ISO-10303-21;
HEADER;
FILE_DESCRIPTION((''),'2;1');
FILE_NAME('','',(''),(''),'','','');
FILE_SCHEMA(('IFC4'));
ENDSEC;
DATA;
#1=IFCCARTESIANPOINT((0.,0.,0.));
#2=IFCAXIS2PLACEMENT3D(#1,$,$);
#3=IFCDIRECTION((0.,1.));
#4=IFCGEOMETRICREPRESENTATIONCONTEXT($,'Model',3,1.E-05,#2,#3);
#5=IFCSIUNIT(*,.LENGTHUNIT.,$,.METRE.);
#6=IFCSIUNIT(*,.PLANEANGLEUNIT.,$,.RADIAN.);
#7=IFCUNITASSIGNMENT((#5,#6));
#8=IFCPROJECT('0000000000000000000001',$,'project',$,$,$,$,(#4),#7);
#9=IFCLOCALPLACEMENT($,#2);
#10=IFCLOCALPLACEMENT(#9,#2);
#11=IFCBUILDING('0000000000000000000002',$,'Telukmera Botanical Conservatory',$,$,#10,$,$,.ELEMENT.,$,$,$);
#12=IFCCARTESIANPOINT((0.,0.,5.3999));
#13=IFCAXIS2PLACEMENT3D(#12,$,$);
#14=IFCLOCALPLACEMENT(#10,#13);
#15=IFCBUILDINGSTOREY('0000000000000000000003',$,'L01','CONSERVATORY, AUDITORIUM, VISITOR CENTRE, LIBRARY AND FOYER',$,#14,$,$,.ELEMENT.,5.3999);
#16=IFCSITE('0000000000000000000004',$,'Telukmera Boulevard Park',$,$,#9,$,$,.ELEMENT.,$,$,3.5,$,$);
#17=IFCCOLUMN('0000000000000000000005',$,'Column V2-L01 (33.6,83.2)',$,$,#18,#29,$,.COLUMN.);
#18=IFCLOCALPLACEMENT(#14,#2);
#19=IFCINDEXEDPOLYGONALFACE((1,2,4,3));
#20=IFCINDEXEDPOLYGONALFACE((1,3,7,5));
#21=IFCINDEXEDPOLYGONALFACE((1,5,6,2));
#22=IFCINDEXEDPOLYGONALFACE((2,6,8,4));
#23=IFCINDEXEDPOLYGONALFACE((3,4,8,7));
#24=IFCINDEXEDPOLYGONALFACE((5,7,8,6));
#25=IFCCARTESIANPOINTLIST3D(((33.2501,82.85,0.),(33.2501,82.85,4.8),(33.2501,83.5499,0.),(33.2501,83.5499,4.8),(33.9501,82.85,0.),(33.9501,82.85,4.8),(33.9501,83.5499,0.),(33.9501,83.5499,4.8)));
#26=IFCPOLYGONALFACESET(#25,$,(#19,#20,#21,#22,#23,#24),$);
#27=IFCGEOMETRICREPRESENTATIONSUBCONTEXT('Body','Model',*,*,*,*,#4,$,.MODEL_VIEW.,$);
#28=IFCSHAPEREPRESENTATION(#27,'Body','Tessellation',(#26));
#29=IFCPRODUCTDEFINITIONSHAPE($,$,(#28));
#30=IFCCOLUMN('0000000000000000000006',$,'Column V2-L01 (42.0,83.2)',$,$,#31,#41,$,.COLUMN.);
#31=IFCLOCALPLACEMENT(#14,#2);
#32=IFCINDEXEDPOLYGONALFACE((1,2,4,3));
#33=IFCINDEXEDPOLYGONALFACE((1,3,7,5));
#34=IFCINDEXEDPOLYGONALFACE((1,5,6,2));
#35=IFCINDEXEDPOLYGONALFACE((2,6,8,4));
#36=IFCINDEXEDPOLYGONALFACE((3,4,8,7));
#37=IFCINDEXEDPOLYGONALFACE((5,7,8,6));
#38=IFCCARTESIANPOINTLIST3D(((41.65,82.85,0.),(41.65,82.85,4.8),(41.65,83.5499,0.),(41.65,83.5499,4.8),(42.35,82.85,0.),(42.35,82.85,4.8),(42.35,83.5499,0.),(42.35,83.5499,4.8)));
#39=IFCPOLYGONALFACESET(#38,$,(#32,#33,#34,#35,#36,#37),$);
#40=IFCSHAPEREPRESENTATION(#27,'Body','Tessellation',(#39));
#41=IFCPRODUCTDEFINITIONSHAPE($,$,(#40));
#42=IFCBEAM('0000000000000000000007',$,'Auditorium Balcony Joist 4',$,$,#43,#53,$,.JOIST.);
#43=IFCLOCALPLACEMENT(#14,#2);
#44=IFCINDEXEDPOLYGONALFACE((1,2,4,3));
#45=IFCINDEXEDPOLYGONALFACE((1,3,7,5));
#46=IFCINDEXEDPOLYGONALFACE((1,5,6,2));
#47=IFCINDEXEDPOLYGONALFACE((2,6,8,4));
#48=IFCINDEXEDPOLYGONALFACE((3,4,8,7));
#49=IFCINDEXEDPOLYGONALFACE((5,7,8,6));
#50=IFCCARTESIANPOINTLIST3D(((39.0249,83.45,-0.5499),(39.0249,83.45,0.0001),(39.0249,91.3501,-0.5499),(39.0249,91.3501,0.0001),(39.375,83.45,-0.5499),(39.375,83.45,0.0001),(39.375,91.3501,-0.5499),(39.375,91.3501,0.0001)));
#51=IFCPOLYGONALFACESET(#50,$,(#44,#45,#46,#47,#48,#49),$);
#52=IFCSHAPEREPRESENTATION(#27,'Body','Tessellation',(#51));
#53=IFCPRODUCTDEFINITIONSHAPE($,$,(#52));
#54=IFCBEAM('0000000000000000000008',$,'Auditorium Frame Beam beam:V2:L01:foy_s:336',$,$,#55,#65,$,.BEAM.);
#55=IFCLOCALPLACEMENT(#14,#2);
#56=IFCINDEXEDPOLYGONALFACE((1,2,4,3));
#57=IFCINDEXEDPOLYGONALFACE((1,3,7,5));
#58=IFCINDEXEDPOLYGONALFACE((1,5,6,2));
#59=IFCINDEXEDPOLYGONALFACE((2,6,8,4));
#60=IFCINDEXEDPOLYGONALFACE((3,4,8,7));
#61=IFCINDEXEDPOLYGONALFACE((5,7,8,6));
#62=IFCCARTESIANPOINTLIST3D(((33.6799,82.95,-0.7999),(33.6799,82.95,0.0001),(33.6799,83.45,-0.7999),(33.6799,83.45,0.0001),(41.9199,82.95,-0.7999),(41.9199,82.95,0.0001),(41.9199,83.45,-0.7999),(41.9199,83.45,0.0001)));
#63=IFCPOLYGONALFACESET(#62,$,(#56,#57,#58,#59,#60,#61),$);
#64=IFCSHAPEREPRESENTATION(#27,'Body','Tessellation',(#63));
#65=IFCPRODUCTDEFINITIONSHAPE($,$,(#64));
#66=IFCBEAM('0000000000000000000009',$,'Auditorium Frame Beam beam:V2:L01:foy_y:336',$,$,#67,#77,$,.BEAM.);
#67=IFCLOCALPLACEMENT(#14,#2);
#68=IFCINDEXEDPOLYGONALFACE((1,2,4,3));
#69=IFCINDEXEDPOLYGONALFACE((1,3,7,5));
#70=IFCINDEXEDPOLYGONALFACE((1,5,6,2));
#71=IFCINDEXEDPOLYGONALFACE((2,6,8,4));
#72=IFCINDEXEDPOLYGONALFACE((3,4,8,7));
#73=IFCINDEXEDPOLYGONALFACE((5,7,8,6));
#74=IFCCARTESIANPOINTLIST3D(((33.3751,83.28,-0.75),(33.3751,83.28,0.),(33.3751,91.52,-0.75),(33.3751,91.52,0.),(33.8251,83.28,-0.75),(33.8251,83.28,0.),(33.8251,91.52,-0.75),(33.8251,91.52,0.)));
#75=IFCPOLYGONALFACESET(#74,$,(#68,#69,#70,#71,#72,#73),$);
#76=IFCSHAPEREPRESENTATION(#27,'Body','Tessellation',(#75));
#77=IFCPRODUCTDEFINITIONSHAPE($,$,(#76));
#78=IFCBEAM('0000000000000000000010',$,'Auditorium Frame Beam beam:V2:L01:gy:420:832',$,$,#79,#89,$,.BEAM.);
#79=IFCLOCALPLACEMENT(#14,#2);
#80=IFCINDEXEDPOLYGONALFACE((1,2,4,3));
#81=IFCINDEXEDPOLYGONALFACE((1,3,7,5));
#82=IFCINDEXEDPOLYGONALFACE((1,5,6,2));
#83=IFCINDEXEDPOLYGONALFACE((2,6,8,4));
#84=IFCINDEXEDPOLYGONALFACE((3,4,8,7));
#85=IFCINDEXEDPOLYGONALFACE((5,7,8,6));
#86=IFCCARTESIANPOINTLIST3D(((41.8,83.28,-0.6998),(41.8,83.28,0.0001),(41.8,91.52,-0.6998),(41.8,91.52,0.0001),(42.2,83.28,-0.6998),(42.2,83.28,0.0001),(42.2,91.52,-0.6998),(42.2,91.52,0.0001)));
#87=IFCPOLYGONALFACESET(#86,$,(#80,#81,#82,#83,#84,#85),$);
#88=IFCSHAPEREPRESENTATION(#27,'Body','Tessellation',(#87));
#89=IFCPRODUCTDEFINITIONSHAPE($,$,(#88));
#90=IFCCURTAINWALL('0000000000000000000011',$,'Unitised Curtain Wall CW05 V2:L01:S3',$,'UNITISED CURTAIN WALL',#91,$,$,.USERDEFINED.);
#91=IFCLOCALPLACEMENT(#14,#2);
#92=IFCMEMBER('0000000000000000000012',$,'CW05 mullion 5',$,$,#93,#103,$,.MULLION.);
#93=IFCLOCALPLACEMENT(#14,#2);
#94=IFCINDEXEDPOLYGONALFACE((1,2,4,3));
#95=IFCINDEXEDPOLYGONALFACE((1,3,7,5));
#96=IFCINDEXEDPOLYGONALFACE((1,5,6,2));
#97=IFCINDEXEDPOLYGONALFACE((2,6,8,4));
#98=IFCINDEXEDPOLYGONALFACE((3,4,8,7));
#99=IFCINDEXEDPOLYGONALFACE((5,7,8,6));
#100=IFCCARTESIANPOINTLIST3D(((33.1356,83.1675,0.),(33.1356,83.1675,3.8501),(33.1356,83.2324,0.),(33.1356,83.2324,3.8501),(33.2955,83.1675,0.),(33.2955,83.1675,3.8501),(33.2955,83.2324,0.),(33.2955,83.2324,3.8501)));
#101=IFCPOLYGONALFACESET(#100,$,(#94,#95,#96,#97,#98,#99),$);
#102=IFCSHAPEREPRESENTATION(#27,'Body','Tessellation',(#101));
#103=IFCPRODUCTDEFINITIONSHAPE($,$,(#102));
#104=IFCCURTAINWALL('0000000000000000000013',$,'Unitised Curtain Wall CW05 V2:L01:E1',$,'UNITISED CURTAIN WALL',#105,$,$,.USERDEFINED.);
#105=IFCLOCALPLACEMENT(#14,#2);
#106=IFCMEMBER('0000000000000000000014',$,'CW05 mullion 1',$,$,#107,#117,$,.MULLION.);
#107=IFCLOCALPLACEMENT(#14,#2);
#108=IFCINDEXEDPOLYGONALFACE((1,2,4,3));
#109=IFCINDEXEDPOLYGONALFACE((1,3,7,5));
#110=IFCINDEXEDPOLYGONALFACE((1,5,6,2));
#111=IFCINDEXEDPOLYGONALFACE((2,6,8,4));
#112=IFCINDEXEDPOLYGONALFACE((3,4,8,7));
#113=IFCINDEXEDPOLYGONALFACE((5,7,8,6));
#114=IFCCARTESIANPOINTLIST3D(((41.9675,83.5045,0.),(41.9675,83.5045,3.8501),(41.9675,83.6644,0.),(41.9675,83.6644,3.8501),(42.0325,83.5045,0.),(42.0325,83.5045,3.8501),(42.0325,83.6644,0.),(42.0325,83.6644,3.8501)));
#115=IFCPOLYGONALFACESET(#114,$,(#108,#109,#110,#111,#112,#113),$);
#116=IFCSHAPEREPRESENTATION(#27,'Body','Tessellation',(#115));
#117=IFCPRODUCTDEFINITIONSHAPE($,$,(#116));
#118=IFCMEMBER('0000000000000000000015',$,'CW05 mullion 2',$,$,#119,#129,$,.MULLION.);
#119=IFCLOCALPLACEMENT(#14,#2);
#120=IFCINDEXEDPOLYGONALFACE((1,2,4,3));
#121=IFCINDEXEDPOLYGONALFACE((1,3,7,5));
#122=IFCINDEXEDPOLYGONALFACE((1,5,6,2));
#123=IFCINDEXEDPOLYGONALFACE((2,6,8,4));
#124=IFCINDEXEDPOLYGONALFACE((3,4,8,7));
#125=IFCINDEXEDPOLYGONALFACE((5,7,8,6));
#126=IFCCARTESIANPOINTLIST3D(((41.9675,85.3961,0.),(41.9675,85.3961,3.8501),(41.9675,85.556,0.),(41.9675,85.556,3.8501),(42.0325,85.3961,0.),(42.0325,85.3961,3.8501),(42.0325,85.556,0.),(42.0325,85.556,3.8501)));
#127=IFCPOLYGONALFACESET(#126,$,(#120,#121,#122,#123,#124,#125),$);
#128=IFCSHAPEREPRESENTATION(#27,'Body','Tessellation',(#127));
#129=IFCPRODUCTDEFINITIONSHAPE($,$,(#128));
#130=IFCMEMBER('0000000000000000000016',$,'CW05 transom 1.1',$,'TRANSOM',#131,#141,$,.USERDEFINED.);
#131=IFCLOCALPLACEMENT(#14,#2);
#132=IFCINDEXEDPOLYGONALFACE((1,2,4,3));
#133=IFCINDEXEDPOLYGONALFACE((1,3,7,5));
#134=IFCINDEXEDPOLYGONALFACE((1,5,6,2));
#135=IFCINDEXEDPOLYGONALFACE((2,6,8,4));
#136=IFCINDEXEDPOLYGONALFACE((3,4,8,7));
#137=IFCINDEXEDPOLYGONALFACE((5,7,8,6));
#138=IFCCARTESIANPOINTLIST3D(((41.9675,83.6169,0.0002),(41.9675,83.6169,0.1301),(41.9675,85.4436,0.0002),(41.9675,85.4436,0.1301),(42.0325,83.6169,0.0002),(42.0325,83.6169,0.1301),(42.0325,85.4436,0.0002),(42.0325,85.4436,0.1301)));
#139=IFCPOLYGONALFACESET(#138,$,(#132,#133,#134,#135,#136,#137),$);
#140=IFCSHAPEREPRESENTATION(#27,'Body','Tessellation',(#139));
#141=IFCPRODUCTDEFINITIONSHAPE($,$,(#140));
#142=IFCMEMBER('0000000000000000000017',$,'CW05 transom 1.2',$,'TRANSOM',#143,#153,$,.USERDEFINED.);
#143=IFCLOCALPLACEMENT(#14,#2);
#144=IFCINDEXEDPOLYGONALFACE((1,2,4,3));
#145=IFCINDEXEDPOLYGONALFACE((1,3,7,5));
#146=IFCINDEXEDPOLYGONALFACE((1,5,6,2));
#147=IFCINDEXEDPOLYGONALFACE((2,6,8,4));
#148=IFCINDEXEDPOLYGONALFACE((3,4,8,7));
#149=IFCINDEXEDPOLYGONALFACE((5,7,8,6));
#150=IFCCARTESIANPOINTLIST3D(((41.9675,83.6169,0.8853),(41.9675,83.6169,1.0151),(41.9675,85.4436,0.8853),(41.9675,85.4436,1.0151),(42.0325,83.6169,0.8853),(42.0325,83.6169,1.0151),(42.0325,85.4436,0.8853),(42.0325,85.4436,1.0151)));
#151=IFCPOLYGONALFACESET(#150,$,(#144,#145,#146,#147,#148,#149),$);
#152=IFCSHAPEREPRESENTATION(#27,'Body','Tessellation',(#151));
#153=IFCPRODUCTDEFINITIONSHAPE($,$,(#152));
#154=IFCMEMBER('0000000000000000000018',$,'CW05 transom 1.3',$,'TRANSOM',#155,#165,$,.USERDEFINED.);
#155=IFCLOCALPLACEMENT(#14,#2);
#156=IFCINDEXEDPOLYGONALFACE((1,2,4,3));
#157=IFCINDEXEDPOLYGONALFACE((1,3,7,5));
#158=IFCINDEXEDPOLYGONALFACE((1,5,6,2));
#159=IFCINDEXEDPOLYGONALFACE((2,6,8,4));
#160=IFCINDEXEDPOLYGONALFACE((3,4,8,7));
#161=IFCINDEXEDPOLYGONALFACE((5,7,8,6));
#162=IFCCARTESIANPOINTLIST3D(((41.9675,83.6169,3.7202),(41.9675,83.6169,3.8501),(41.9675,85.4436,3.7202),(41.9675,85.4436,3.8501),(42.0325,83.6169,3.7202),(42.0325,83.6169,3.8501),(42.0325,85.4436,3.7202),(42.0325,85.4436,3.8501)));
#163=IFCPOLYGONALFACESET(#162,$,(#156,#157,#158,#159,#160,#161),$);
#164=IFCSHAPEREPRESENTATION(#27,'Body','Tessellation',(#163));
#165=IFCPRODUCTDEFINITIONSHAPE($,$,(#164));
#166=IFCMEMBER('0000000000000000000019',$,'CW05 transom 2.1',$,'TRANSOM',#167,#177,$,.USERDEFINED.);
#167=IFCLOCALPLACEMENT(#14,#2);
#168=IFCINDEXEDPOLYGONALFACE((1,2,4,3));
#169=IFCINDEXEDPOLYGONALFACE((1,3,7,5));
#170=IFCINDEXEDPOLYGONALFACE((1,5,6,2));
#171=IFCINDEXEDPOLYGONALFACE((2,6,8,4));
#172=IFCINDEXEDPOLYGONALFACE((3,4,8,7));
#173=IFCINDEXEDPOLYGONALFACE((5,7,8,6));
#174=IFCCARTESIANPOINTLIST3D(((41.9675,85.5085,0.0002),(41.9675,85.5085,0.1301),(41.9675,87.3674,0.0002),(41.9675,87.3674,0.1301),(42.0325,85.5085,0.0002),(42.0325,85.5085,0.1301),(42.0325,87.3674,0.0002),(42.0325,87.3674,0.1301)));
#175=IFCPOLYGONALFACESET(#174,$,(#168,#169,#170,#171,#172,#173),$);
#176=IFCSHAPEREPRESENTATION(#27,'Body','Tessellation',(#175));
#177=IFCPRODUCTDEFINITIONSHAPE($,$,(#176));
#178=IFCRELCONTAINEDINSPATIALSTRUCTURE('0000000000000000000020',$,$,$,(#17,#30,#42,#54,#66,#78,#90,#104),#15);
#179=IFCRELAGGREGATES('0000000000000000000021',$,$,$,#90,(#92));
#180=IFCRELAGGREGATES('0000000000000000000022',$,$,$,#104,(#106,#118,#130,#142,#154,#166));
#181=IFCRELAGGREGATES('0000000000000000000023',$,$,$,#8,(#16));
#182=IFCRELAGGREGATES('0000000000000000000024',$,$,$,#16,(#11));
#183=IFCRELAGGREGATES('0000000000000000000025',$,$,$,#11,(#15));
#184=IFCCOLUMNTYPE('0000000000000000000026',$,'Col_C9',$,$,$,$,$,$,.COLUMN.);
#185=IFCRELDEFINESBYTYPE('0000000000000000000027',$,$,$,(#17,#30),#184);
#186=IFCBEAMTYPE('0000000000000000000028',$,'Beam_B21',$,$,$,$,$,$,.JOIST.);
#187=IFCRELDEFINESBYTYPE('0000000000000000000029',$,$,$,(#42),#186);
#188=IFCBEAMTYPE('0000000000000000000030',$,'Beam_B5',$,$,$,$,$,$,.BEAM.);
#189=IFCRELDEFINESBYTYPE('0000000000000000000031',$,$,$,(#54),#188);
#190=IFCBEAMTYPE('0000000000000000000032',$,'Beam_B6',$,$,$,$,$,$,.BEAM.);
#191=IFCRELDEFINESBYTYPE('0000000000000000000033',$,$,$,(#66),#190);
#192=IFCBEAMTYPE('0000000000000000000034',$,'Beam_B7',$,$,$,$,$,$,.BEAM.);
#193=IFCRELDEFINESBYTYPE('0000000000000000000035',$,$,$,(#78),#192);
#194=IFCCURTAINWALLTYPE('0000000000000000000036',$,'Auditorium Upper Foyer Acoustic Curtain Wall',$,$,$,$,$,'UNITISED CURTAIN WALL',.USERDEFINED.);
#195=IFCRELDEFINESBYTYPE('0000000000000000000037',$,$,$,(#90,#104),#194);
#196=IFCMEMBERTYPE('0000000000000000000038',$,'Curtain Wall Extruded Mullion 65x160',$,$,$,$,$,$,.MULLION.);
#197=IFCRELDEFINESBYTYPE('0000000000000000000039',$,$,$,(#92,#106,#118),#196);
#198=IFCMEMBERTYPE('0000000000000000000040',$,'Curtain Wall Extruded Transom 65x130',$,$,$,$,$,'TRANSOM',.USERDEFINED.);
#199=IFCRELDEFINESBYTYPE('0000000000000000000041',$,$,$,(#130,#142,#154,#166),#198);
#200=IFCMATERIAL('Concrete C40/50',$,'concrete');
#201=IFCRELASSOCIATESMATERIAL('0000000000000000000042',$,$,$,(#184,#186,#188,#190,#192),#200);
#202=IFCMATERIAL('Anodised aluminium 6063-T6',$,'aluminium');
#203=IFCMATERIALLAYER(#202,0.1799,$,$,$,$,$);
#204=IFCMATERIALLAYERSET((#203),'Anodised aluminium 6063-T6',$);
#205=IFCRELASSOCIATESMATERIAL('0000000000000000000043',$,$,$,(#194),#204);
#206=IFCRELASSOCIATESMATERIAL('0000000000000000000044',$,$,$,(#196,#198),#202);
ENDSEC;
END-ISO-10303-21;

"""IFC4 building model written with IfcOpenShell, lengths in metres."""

from ifc_helpers import new_model, si_unit, direction, frame, origin, origin_2d, place, context, subcontext, project, spatial, rectangle, extrude, material, layer, layer_set, material_profile, profile_set, type_object, element, aggregate, save


model = new_model("IFC4")

# Units and contexts
model_context = context("Model", 3, precision=1e-05, world=origin(), true_north=direction((0.0, 1.0)))
body_context = subcontext(model_context, "Body", "Model", "MODEL_VIEW")
ifc_project = project(units=[si_unit("LENGTHUNIT", "METRE"), si_unit("PLANEANGLEUNIT", "RADIAN")], contexts=[model_context])

# Site, building, storey
site_placement = place(None, origin())
site = spatial("IfcSite", under=ifc_project, at=site_placement, Name="Telukmera Boulevard Park", CompositionType="ELEMENT", RefElevation=3.5)
building_placement = place(site_placement, origin())
building = spatial("IfcBuilding", under=site, at=building_placement, Name="Telukmera Botanical Conservatory", CompositionType="ELEMENT")
storey_placement = place(building_placement, frame((0.0, 0.0, 5.3999)))
storey = spatial("IfcBuildingStorey", under=building, at=storey_placement, Name="L01", Description="CONSERVATORY, AUDITORIUM, VISITOR CENTRE, LIBRARY AND FOYER", CompositionType="ELEMENT", Elevation=5.3999)

# Columns
ifc_material_1 = material(Name="Concrete C40/50", Category="concrete")
ifc_material_profile_1 = material_profile(ifc_material_1, rectangle(XDim=0.7, YDim=0.7, at=origin_2d()), Name="RC 700x700")
ifc_profile_set_1 = profile_set([ifc_material_profile_1], Name="Concrete C40/50")
column_type = type_object("IfcColumnType", Name="Col_C9", PredefinedType="COLUMN", material=ifc_profile_set_1)
for number, where, z_axis, x_axis, name in (
    (1, (33.6001, 83.2, 0.0), (0.0, 0.0, 1.0), (1.0, 0.0, 0.0), "Column V2-L01 (33.6,83.2)"),
    (2, (42.0, 83.2, 0.0), (0.0, 0.0, 1.0), (1.0, 0.0, 0.0), "Column V2-L01 (42.0,83.2)"),
):
    element("IfcColumn", number, at=place(storey_placement, frame(where, z_axis=z_axis, x_axis=x_axis)), inside=storey, type_object=column_type, Name=name, PredefinedType="COLUMN", context=body_context, shape_type="SweptSolid", body=[
        extrude(rectangle(XDim=0.7, YDim=0.7, at=origin_2d()), origin(), (0.0, 0.0, 1.0), 4.8),
    ])

# Beams
ifc_material_profile_2 = material_profile(ifc_material_1, rectangle(XDim=0.3501, YDim=0.55, at=origin_2d()), Name="RC 350x550")
ifc_profile_set_2 = profile_set([ifc_material_profile_2], Name="Concrete C40/50")
beam_type_1 = type_object("IfcBeamType", Name="Beam_B21", PredefinedType="JOIST", material=ifc_profile_set_2)
beam_1_placement = place(storey_placement, frame((39.2, 83.45, -0.2749), z_axis=(0.0, 1.0, 0.0), x_axis=(-1.0, 0.0, 0.0)))
element("IfcBeam", 3, at=beam_1_placement, inside=storey, type_object=beam_type_1, Name="Auditorium Balcony Joist 4", PredefinedType="JOIST", context=body_context, shape_type="SweptSolid", body=[
    extrude(rectangle(XDim=0.3501, YDim=0.55, at=origin_2d()), origin(), (0.0, 0.0, 1.0), 7.9001),
])
ifc_material_profile_3 = material_profile(ifc_material_1, rectangle(XDim=0.5, YDim=0.8, at=origin_2d()), Name="RC 500x800")
ifc_profile_set_3 = profile_set([ifc_material_profile_3], Name="Concrete C40/50")
beam_type_2 = type_object("IfcBeamType", Name="Beam_B5", PredefinedType="BEAM", material=ifc_profile_set_3)
beam_2_placement = place(storey_placement, frame((33.6799, 83.2, -0.3999), z_axis=(1.0, 0.0, 0.0), x_axis=(0.0, 1.0, 0.0)))
element("IfcBeam", 4, at=beam_2_placement, inside=storey, type_object=beam_type_2, Name="Auditorium Frame Beam beam:V2:L01:foy_s:336", PredefinedType="BEAM", context=body_context, shape_type="SweptSolid", body=[
    extrude(rectangle(XDim=0.5, YDim=0.8, at=origin_2d()), origin(), (0.0, 0.0, 1.0), 8.24),
])
ifc_material_profile_4 = material_profile(ifc_material_1, rectangle(XDim=0.45, YDim=0.75, at=origin_2d()), Name="RC 450x750")
ifc_profile_set_4 = profile_set([ifc_material_profile_4], Name="Concrete C40/50")
beam_type_3 = type_object("IfcBeamType", Name="Beam_B6", PredefinedType="BEAM", material=ifc_profile_set_4)
beam_3_placement = place(storey_placement, frame((33.6001, 83.28, -0.375), z_axis=(0.0, 1.0, 0.0), x_axis=(-1.0, 0.0, 0.0)))
element("IfcBeam", 5, at=beam_3_placement, inside=storey, type_object=beam_type_3, Name="Auditorium Frame Beam beam:V2:L01:foy_y:336", PredefinedType="BEAM", context=body_context, shape_type="SweptSolid", body=[
    extrude(rectangle(XDim=0.45, YDim=0.75, at=origin_2d()), origin(), (0.0, 0.0, 1.0), 8.24),
])
ifc_material_profile_5 = material_profile(ifc_material_1, rectangle(XDim=0.3999, YDim=0.7, at=origin_2d()), Name="RC 400x700")
ifc_profile_set_5 = profile_set([ifc_material_profile_5], Name="Concrete C40/50")
beam_type_4 = type_object("IfcBeamType", Name="Beam_B7", PredefinedType="BEAM", material=ifc_profile_set_5)
beam_4_placement = place(storey_placement, frame((42.0, 83.28, -0.3499), z_axis=(0.0, 1.0, 0.0), x_axis=(-1.0, 0.0, 0.0)))
element("IfcBeam", 6, at=beam_4_placement, inside=storey, type_object=beam_type_4, Name="Auditorium Frame Beam beam:V2:L01:gy:420:832", PredefinedType="BEAM", context=body_context, shape_type="SweptSolid", body=[
    extrude(rectangle(XDim=0.3999, YDim=0.7, at=origin_2d()), origin(), (0.0, 0.0, 1.0), 8.24),
])

# Curtain wall, member
ifc_material_2 = material(Name="Anodised aluminium 6063-T6", Category="aluminium")
ifc_layer_1 = layer(ifc_material_2, 0.1799)
ifc_layer_set_1 = layer_set([ifc_layer_1], Name="Anodised aluminium 6063-T6")
curtain_wall_type = type_object("IfcCurtainWallType", Name="Auditorium Upper Foyer Acoustic Curtain Wall", ElementType="UNITISED CURTAIN WALL", PredefinedType="USERDEFINED", material=ifc_layer_set_1)
curtain_wall_1_placement = place(storey_placement, origin())
curtain_wall_1 = element("IfcCurtainWall", 7, at=curtain_wall_1_placement, inside=storey, type_object=curtain_wall_type, Name="Unitised Curtain Wall CW05 V2:L01:S3", ObjectType="UNITISED CURTAIN WALL", PredefinedType="USERDEFINED")
ifc_material_profile_6 = material_profile(ifc_material_2, rectangle(XDim=0.0649, YDim=0.1599, at=origin_2d()), Name="ALU MULL 65x160")
ifc_profile_set_6 = profile_set([ifc_material_profile_6], Name="Anodised aluminium 6063-T6")
member_type_1 = type_object("IfcMemberType", Name="Curtain Wall Extruded Mullion 65x160", PredefinedType="MULLION", material=ifc_profile_set_6)
member_1_placement = place(storey_placement, frame((33.2156, 83.2, 0.0), z_axis=(0.0, 0.0, 1.0), x_axis=(0.0, 1.0, 0.0)))
member_1 = element("IfcMember", 8, at=member_1_placement, type_object=member_type_1, Name="CW05 mullion 5", PredefinedType="MULLION", context=body_context, shape_type="SweptSolid", body=[
    extrude(rectangle(XDim=0.0649, YDim=0.1599, at=origin_2d()), origin(), (0.0, 0.0, 1.0), 3.8501),
])
aggregate(curtain_wall_1, [member_1])

# Curtain wall, members
curtain_wall_2_placement = place(storey_placement, origin())
curtain_wall_2 = element("IfcCurtainWall", 9, at=curtain_wall_2_placement, inside=storey, type_object=curtain_wall_type, Name="Unitised Curtain Wall CW05 V2:L01:E1", ObjectType="UNITISED CURTAIN WALL", PredefinedType="USERDEFINED")
member_2_placement = place(storey_placement, frame((42.0, 83.5845, 0.0), z_axis=(0.0, 0.0, 1.0), x_axis=(-1.0, 0.0, 0.0)))
member_2 = element("IfcMember", 10, at=member_2_placement, type_object=member_type_1, Name="CW05 mullion 1", PredefinedType="MULLION", context=body_context, shape_type="SweptSolid", body=[
    extrude(rectangle(XDim=0.0649, YDim=0.1599, at=origin_2d()), origin(), (0.0, 0.0, 1.0), 3.8501),
])
member_3_placement = place(storey_placement, frame((42.0, 85.4761, 0.0), z_axis=(0.0, 0.0, 1.0), x_axis=(-1.0, 0.0, 0.0)))
member_3 = element("IfcMember", 11, at=member_3_placement, type_object=member_type_1, Name="CW05 mullion 2", PredefinedType="MULLION", context=body_context, shape_type="SweptSolid", body=[
    extrude(rectangle(XDim=0.0649, YDim=0.1599, at=origin_2d()), origin(), (0.0, 0.0, 1.0), 3.8501),
])
ifc_material_profile_7 = material_profile(ifc_material_2, rectangle(XDim=0.0649, YDim=0.1299, at=origin_2d()), Name="ALU TRAN 65x130")
ifc_profile_set_7 = profile_set([ifc_material_profile_7], Name="Anodised aluminium 6063-T6")
member_type_2 = type_object("IfcMemberType", Name="Curtain Wall Extruded Transom 65x130", ElementType="TRANSOM", PredefinedType="USERDEFINED", material=ifc_profile_set_7)
member_4_placement = place(storey_placement, frame((42.0, 83.6169, 0.0652), z_axis=(0.0, 1.0, 0.0), x_axis=(-1.0, 0.0, 0.0)))
member_4 = element("IfcMember", 12, at=member_4_placement, type_object=member_type_2, Name="CW05 transom 1.1", ObjectType="TRANSOM", PredefinedType="USERDEFINED", context=body_context, shape_type="SweptSolid", body=[
    extrude(rectangle(XDim=0.0649, YDim=0.1299, at=origin_2d()), origin(), (0.0, 0.0, 1.0), 1.8267),
])
member_5_placement = place(storey_placement, frame((42.0, 83.6169, 0.9502), z_axis=(0.0, 1.0, 0.0), x_axis=(-1.0, 0.0, 0.0)))
member_5 = element("IfcMember", 13, at=member_5_placement, type_object=member_type_2, Name="CW05 transom 1.2", ObjectType="TRANSOM", PredefinedType="USERDEFINED", context=body_context, shape_type="SweptSolid", body=[
    extrude(rectangle(XDim=0.0649, YDim=0.1299, at=origin_2d()), origin(), (0.0, 0.0, 1.0), 1.8267),
])
member_6_placement = place(storey_placement, frame((42.0, 83.6169, 3.7852), z_axis=(0.0, 1.0, 0.0), x_axis=(-1.0, 0.0, 0.0)))
member_6 = element("IfcMember", 14, at=member_6_placement, type_object=member_type_2, Name="CW05 transom 1.3", ObjectType="TRANSOM", PredefinedType="USERDEFINED", context=body_context, shape_type="SweptSolid", body=[
    extrude(rectangle(XDim=0.0649, YDim=0.1299, at=origin_2d()), origin(), (0.0, 0.0, 1.0), 1.8267),
])
member_7_placement = place(storey_placement, frame((42.0, 85.5085, 0.0652), z_axis=(0.0, 1.0, 0.0), x_axis=(-1.0, 0.0, 0.0)))
member_7 = element("IfcMember", 15, at=member_7_placement, type_object=member_type_2, Name="CW05 transom 2.1", ObjectType="TRANSOM", PredefinedType="USERDEFINED", context=body_context, shape_type="SweptSolid", body=[
    extrude(rectangle(XDim=0.0649, YDim=0.1299, at=origin_2d()), origin(), (0.0, 0.0, 1.0), 1.8589),
])
aggregate(curtain_wall_2, [member_2, member_3, member_4, member_5, member_6, member_7])

save(model, "model.ifc")
